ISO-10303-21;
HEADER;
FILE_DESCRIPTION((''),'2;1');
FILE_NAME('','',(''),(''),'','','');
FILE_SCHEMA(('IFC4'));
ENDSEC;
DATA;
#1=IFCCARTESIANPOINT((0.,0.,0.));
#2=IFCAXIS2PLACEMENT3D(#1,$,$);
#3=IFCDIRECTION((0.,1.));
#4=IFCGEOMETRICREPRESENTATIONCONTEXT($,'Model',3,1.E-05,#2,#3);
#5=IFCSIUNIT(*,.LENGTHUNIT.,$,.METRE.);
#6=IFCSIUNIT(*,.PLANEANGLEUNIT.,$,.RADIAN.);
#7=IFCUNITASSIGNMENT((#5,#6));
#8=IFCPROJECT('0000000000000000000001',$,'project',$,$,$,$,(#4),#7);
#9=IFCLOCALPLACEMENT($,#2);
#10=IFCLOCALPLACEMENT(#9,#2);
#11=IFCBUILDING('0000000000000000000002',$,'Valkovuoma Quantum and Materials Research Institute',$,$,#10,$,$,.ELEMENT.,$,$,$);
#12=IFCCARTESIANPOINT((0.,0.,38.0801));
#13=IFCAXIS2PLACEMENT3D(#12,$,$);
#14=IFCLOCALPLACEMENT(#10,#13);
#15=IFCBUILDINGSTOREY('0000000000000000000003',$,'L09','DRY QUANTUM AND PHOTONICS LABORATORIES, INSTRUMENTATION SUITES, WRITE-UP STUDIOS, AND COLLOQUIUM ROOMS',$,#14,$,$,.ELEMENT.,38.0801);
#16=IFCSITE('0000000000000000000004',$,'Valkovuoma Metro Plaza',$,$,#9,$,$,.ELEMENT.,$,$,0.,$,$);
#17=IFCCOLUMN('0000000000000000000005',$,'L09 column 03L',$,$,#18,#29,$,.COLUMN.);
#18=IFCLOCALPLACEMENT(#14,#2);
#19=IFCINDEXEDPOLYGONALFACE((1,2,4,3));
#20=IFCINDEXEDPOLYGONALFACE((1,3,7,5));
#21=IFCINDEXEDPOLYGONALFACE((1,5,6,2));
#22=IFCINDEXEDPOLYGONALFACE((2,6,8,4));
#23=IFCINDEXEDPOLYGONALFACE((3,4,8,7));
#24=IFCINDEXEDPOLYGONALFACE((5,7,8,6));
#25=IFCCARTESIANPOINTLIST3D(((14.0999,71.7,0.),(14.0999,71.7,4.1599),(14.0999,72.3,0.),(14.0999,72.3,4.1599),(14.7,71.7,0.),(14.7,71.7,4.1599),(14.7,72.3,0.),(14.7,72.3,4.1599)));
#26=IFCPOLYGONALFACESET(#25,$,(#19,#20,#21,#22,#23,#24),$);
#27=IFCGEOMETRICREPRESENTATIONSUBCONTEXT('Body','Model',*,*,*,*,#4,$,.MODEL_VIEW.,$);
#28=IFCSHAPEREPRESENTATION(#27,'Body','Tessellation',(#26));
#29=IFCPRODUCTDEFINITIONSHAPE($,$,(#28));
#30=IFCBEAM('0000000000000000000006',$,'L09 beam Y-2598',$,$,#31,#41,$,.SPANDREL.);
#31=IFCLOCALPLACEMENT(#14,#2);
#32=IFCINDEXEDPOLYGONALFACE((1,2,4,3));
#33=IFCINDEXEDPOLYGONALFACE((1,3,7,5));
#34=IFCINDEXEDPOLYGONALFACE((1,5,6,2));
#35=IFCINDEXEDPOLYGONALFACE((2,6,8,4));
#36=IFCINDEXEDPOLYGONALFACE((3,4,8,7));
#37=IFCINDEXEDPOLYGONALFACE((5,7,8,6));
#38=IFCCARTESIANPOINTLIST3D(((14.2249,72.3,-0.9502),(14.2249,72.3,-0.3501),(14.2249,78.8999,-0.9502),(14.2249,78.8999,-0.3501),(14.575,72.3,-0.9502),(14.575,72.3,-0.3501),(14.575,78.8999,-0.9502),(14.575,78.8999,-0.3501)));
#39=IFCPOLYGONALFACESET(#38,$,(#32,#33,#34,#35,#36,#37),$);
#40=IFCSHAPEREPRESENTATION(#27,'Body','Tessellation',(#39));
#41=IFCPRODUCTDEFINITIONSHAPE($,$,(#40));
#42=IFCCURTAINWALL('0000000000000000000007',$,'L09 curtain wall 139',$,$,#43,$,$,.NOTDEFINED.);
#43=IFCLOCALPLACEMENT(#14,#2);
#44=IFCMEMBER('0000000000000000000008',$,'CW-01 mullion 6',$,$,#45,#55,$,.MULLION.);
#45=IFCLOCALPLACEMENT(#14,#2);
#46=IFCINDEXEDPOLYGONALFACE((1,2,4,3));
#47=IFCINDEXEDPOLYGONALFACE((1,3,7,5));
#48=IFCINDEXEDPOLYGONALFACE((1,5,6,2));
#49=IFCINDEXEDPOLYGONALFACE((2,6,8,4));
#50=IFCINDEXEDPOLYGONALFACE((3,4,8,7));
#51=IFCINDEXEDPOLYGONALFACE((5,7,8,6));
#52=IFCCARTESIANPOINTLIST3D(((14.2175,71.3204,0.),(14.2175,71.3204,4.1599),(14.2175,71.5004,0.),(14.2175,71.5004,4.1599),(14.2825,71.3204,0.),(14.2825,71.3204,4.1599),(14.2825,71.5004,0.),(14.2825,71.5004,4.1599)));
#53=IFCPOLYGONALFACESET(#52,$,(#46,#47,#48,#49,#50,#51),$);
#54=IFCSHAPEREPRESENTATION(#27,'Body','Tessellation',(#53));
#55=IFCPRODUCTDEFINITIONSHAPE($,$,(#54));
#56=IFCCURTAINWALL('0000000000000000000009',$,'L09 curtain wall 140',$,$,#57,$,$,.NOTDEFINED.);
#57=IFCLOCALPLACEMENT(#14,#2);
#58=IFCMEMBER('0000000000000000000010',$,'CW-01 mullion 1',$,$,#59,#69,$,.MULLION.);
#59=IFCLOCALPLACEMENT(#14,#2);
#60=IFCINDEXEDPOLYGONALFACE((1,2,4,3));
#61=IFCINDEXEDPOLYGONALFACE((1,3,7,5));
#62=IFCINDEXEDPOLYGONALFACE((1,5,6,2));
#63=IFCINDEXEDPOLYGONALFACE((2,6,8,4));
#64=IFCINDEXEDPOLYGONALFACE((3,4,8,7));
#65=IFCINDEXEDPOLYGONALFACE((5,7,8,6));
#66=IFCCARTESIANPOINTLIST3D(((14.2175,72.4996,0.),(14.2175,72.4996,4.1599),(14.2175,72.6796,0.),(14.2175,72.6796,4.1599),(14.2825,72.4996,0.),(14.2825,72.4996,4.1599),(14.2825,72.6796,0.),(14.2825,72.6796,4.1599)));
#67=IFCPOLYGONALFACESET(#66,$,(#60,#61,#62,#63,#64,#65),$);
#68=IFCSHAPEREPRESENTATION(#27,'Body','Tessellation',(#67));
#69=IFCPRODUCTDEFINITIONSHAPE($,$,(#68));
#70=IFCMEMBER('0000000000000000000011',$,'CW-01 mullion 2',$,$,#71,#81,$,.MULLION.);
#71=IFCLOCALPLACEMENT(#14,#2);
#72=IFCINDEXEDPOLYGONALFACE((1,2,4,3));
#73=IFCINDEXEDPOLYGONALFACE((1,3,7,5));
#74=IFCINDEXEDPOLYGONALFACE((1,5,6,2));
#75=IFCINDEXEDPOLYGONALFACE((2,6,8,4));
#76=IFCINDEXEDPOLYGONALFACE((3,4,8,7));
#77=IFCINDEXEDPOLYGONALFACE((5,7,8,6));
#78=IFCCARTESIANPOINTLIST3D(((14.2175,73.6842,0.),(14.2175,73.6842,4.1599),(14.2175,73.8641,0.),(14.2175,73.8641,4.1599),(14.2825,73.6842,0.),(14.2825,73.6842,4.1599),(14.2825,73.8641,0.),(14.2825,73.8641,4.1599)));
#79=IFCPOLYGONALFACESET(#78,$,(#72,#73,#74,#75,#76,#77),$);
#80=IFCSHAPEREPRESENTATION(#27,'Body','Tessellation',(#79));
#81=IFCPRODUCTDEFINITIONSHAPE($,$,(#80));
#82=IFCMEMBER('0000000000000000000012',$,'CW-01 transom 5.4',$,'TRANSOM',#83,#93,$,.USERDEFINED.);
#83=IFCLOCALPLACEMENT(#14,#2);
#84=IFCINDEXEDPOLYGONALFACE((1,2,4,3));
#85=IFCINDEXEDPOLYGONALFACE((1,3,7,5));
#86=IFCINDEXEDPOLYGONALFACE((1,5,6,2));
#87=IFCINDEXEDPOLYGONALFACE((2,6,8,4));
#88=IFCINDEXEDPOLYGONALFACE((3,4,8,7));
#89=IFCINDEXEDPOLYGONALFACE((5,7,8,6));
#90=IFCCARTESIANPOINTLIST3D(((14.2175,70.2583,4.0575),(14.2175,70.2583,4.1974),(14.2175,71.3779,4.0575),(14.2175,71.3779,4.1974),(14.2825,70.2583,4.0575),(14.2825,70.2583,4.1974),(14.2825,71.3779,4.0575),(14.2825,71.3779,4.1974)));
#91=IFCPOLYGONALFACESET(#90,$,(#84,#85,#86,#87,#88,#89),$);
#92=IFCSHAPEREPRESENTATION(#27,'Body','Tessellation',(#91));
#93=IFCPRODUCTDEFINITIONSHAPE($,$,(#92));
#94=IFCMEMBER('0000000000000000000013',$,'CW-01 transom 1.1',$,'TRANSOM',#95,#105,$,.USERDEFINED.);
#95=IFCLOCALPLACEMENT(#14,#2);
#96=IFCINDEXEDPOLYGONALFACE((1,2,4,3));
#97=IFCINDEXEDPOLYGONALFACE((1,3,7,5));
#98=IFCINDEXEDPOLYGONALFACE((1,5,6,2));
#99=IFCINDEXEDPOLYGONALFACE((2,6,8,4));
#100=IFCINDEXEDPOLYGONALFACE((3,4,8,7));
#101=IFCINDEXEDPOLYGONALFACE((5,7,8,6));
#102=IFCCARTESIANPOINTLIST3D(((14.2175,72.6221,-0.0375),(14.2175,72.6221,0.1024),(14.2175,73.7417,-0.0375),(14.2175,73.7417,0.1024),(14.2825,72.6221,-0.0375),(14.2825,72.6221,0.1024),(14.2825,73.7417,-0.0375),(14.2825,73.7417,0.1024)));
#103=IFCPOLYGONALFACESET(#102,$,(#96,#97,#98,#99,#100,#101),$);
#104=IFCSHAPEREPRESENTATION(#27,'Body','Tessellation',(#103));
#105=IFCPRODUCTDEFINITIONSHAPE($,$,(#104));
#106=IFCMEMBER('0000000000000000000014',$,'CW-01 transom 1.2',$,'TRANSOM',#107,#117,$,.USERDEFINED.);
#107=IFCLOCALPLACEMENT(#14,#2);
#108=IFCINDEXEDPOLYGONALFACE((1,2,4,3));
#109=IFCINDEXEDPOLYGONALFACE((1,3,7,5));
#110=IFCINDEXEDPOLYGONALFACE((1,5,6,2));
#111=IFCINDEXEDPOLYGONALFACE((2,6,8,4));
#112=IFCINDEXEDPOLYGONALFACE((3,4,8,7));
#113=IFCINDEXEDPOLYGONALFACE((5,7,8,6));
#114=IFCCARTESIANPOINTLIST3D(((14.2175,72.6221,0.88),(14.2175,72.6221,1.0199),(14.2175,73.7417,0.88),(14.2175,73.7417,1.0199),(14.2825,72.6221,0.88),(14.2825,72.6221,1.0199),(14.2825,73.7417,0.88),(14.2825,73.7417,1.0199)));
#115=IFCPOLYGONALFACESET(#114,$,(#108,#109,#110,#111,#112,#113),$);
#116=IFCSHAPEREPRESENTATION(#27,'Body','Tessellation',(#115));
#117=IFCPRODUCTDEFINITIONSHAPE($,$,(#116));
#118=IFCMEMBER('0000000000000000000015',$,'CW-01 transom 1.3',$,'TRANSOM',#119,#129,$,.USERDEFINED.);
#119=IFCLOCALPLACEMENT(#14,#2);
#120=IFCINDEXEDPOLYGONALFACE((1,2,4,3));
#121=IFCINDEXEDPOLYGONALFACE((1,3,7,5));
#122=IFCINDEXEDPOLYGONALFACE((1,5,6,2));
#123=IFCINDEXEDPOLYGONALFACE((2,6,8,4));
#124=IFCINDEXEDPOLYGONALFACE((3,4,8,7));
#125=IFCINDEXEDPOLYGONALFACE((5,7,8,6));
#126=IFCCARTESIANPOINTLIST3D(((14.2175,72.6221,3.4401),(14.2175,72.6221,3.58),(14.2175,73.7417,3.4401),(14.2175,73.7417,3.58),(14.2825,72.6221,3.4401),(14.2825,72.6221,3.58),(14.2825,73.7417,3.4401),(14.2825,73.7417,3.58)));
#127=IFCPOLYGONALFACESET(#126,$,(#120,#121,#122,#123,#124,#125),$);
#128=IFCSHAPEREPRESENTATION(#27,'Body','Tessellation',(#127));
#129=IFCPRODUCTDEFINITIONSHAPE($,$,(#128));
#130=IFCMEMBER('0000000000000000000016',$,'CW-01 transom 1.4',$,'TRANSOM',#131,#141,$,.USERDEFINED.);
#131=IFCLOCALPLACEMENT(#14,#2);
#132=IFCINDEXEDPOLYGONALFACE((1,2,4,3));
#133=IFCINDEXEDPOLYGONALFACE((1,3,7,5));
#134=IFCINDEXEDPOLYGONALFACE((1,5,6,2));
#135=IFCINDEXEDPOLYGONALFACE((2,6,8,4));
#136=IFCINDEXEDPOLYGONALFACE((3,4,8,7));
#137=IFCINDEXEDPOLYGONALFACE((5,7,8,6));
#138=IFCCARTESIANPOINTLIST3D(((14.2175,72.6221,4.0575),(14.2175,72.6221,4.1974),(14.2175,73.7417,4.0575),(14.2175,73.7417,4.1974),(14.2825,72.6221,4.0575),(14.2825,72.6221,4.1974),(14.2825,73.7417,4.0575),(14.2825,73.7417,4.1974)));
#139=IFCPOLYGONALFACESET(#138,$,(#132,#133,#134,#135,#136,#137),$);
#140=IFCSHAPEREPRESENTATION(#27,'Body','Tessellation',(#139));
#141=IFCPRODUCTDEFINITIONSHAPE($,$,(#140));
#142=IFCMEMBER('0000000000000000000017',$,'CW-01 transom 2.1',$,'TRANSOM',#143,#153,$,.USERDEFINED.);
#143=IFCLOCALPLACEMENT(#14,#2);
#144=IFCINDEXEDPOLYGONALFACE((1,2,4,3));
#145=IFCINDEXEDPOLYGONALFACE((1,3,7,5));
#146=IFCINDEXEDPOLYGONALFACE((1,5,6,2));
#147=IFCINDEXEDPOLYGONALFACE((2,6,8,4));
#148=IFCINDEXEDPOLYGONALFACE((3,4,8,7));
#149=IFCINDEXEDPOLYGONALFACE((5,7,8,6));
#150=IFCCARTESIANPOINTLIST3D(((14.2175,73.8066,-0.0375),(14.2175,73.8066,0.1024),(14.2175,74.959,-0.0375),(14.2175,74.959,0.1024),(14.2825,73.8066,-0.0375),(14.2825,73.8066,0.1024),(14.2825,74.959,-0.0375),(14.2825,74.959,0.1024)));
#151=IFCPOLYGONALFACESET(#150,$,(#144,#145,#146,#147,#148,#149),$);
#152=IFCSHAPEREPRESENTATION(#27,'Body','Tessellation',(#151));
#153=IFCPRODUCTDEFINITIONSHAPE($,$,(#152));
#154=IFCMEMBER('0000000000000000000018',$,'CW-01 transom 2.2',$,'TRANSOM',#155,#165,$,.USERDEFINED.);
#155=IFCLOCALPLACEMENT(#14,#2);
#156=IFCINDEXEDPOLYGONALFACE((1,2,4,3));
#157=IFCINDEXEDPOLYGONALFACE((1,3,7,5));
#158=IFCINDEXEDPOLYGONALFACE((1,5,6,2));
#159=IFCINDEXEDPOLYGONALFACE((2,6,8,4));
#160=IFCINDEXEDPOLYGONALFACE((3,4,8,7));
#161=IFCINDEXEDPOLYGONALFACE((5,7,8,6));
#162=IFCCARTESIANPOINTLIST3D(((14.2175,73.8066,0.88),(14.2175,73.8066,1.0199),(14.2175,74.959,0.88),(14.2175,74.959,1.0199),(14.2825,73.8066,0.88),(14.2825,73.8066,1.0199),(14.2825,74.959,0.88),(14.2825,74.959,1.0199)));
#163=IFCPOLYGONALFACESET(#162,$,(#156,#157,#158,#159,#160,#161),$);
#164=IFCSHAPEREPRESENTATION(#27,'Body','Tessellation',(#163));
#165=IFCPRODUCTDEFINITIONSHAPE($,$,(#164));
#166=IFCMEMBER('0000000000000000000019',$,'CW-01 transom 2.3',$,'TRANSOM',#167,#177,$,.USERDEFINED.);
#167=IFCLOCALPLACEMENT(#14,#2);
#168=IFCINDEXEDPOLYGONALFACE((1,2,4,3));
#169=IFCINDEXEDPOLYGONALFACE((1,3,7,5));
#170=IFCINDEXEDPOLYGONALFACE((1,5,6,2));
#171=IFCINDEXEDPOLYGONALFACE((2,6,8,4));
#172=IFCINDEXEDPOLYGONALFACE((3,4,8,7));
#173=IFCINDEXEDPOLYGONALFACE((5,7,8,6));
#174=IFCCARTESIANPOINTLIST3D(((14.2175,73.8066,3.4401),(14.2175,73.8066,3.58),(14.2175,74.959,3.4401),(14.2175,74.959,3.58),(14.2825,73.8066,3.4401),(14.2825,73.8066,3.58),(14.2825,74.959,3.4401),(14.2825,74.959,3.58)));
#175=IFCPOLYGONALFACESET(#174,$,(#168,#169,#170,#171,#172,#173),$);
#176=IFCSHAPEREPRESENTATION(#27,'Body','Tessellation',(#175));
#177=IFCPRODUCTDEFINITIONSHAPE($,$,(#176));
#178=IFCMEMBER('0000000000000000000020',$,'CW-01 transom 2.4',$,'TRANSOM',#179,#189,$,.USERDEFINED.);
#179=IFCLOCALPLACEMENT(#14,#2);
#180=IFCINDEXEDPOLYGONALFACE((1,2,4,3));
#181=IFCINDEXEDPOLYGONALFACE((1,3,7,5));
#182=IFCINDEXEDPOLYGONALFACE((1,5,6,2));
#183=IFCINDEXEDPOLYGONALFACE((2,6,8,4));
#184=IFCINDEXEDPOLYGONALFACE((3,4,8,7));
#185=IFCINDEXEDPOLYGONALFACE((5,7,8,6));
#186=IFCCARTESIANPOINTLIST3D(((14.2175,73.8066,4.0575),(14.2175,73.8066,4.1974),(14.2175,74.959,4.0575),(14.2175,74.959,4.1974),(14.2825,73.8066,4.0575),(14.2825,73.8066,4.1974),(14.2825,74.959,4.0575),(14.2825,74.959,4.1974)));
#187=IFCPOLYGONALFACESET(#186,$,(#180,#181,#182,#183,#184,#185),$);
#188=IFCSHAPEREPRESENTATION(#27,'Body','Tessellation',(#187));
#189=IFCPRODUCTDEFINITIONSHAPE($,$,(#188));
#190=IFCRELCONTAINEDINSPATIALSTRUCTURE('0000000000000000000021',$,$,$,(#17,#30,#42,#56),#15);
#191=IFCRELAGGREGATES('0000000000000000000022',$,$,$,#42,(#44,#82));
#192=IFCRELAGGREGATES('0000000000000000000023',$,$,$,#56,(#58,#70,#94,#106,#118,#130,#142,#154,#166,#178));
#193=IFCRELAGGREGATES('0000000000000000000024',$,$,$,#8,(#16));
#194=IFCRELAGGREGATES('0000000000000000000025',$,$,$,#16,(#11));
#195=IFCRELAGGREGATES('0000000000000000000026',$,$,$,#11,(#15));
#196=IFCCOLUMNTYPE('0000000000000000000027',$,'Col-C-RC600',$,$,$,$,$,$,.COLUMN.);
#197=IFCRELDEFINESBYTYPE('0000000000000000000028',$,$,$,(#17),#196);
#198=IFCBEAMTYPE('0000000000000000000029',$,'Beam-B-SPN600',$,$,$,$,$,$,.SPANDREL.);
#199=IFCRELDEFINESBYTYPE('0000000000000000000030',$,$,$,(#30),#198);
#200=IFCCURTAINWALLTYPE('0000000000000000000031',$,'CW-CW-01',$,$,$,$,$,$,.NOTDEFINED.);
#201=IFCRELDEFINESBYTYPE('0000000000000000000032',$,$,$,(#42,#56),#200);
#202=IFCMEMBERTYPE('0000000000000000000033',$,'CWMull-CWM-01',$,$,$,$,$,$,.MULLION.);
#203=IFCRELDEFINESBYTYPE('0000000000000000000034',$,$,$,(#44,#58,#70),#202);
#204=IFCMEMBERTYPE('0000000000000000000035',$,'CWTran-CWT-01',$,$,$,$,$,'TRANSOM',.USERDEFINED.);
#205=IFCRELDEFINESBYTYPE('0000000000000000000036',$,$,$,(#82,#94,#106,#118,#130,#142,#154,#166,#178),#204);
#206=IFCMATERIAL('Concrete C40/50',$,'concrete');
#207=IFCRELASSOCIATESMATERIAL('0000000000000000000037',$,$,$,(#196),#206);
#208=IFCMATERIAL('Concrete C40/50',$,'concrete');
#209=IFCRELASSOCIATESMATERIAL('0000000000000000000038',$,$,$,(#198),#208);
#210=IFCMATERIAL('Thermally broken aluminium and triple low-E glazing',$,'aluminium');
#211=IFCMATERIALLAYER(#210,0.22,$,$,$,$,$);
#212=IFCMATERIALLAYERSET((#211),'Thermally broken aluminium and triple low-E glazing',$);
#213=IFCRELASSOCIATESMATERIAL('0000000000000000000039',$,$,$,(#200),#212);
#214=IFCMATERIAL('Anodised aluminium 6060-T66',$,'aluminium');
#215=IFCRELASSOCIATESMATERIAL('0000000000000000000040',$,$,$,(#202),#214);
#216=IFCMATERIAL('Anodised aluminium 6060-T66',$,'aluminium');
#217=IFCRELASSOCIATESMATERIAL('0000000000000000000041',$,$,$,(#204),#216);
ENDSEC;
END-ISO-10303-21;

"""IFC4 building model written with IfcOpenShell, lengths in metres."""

from ifc_helpers import new_model, si_unit, direction, frame, origin, origin_2d, place, context, subcontext, project, spatial, rectangle, extrude, material, layer, layer_set, material_profile, profile_set, type_object, element, aggregate, save


model = new_model("IFC4")

# Units and contexts
model_context = context("Model", 3, precision=1e-05, world=origin(), true_north=direction((0.0, 1.0)))
body_context = subcontext(model_context, "Body", "Model", "MODEL_VIEW")
ifc_project = project(units=[si_unit("LENGTHUNIT", "METRE"), si_unit("PLANEANGLEUNIT", "RADIAN")], contexts=[model_context])

# Site, building, storey
site_placement = place(None, origin())
site = spatial("IfcSite", under=ifc_project, at=site_placement, Name="Valkovuoma Metro Plaza", CompositionType="ELEMENT", RefElevation=0.0)
building_placement = place(site_placement, origin())
building = spatial("IfcBuilding", under=site, at=building_placement, Name="Valkovuoma Quantum and Materials Research Institute", CompositionType="ELEMENT")
storey_placement = place(building_placement, frame((0.0, 0.0, 38.0801)))
storey = spatial("IfcBuildingStorey", under=building, at=storey_placement, Name="L09", Description="DRY QUANTUM AND PHOTONICS LABORATORIES, INSTRUMENTATION SUITES, WRITE-UP STUDIOS, AND COLLOQUIUM ROOMS", CompositionType="ELEMENT", Elevation=38.0801)

# Column
ifc_material_1 = material(Name="Concrete C40/50", Category="concrete")
ifc_material_profile_1 = material_profile(ifc_material_1, rectangle(XDim=0.6001, YDim=0.6001, at=origin_2d()), Name="Concrete C40/50")
ifc_profile_set_1 = profile_set([ifc_material_profile_1], Name="Concrete C40/50")
column_type = type_object("IfcColumnType", Name="Col-C-RC600", PredefinedType="COLUMN", material=ifc_profile_set_1)
column_placement = place(storey_placement, frame((14.3999, 72.0, 0.0), z_axis=(0.0, 0.0, 1.0), x_axis=(1.0, 0.0, 0.0)))
element("IfcColumn", 1, at=column_placement, inside=storey, type_object=column_type, Name="L09 column 03L", PredefinedType="COLUMN", context=body_context, shape_type="SweptSolid", body=[
    extrude(rectangle(XDim=0.6001, YDim=0.6001, at=origin_2d()), origin(), (0.0, 0.0, 1.0), 4.1599),
])

# Beam
ifc_material_2 = material(Name="Concrete C40/50", Category="concrete")
ifc_material_profile_2 = material_profile(ifc_material_2, rectangle(XDim=0.3501, YDim=0.6001, at=origin_2d()), Name="Concrete C40/50")
ifc_profile_set_2 = profile_set([ifc_material_profile_2], Name="Concrete C40/50")
beam_type = type_object("IfcBeamType", Name="Beam-B-SPN600", PredefinedType="SPANDREL", material=ifc_profile_set_2)
beam_placement = place(storey_placement, frame((14.3999, 72.3, -0.6501), z_axis=(0.0, 1.0, 0.0), x_axis=(-1.0, 0.0, 0.0)))
element("IfcBeam", 2, at=beam_placement, inside=storey, type_object=beam_type, Name="L09 beam Y-2598", PredefinedType="SPANDREL", context=body_context, shape_type="SweptSolid", body=[
    extrude(rectangle(XDim=0.3501, YDim=0.6001, at=origin_2d()), origin(), (0.0, 0.0, 1.0), 6.5999),
])

# Curtain wall, member
ifc_material_3 = material(Name="Thermally broken aluminium and triple low-E glazing", Category="aluminium")
ifc_layer_1 = layer(ifc_material_3, 0.22)
ifc_layer_set_1 = layer_set([ifc_layer_1], Name="Thermally broken aluminium and triple low-E glazing")
curtain_wall_type = type_object("IfcCurtainWallType", Name="CW-CW-01", PredefinedType="NOTDEFINED", material=ifc_layer_set_1)
curtain_wall_1_placement = place(storey_placement, origin())
curtain_wall_1 = element("IfcCurtainWall", 3, at=curtain_wall_1_placement, inside=storey, type_object=curtain_wall_type, Name="L09 curtain wall 139", PredefinedType="NOTDEFINED")
ifc_material_4 = material(Name="Anodised aluminium 6060-T66", Category="aluminium")
ifc_material_profile_3 = material_profile(ifc_material_4, rectangle(XDim=0.0649, YDim=0.1799, at=origin_2d()), Name="Anodised aluminium 6060-T66")
ifc_profile_set_3 = profile_set([ifc_material_profile_3], Name="Anodised aluminium 6060-T66")
member_type_1 = type_object("IfcMemberType", Name="CWMull-CWM-01", PredefinedType="MULLION", material=ifc_profile_set_3)
member_1_placement = place(storey_placement, frame((14.25, 71.4104, 0.0), z_axis=(0.0, 0.0, 1.0), x_axis=(-1.0, 0.0, 0.0)))
member_1 = element("IfcMember", 4, at=member_1_placement, type_object=member_type_1, Name="CW-01 mullion 6", PredefinedType="MULLION", context=body_context, shape_type="SweptSolid", body=[
    extrude(rectangle(XDim=0.0649, YDim=0.1799, at=origin_2d()), origin(), (0.0, 0.0, 1.0), 4.1599),
])

# Curtain wall, members
curtain_wall_2_placement = place(storey_placement, origin())
curtain_wall_2 = element("IfcCurtainWall", 5, at=curtain_wall_2_placement, inside=storey, type_object=curtain_wall_type, Name="L09 curtain wall 140", PredefinedType="NOTDEFINED")
member_2_placement = place(storey_placement, frame((14.25, 72.5896, 0.0), z_axis=(0.0, 0.0, 1.0), x_axis=(-1.0, 0.0, 0.0)))
member_2 = element("IfcMember", 6, at=member_2_placement, type_object=member_type_1, Name="CW-01 mullion 1", PredefinedType="MULLION", context=body_context, shape_type="SweptSolid", body=[
    extrude(rectangle(XDim=0.0649, YDim=0.1799, at=origin_2d()), origin(), (0.0, 0.0, 1.0), 4.1599),
])
member_3_placement = place(storey_placement, frame((14.25, 73.7742, 0.0), z_axis=(0.0, 0.0, 1.0), x_axis=(-1.0, 0.0, 0.0)))
member_3 = element("IfcMember", 7, at=member_3_placement, type_object=member_type_1, Name="CW-01 mullion 2", PredefinedType="MULLION", context=body_context, shape_type="SweptSolid", body=[
    extrude(rectangle(XDim=0.0649, YDim=0.1799, at=origin_2d()), origin(), (0.0, 0.0, 1.0), 4.1599),
])

# Members
ifc_material_5 = material(Name="Anodised aluminium 6060-T66", Category="aluminium")
ifc_material_profile_4 = material_profile(ifc_material_5, rectangle(XDim=0.0649, YDim=0.1399, at=origin_2d()), Name="Anodised aluminium 6060-T66")
ifc_profile_set_4 = profile_set([ifc_material_profile_4], Name="Anodised aluminium 6060-T66")
member_type_2 = type_object("IfcMemberType", Name="CWTran-CWT-01", ElementType="TRANSOM", PredefinedType="USERDEFINED", material=ifc_profile_set_4)
member_4_placement = place(storey_placement, frame((14.25, 70.2583, 4.1274), z_axis=(0.0, 1.0, 0.0), x_axis=(-1.0, 0.0, 0.0)))
member_4 = element("IfcMember", 8, at=member_4_placement, type_object=member_type_2, Name="CW-01 transom 5.4", ObjectType="TRANSOM", PredefinedType="USERDEFINED", context=body_context, shape_type="SweptSolid", body=[
    extrude(rectangle(XDim=0.0649, YDim=0.1399, at=origin_2d()), origin(), (0.0, 0.0, 1.0), 1.1196),
])
member_5_placement = place(storey_placement, frame((14.25, 72.6221, 0.0325), z_axis=(0.0, 1.0, 0.0), x_axis=(-1.0, 0.0, 0.0)))
member_5 = element("IfcMember", 9, at=member_5_placement, type_object=member_type_2, Name="CW-01 transom 1.1", ObjectType="TRANSOM", PredefinedType="USERDEFINED", context=body_context, shape_type="SweptSolid", body=[
    extrude(rectangle(XDim=0.0649, YDim=0.1399, at=origin_2d()), origin(), (0.0, 0.0, 1.0), 1.1196),
])
member_6_placement = place(storey_placement, frame((14.25, 72.6221, 0.95), z_axis=(0.0, 1.0, 0.0), x_axis=(-1.0, 0.0, 0.0)))
member_6 = element("IfcMember", 10, at=member_6_placement, type_object=member_type_2, Name="CW-01 transom 1.2", ObjectType="TRANSOM", PredefinedType="USERDEFINED", context=body_context, shape_type="SweptSolid", body=[
    extrude(rectangle(XDim=0.0649, YDim=0.1399, at=origin_2d()), origin(), (0.0, 0.0, 1.0), 1.1196),
])
member_7_placement = place(storey_placement, frame((14.25, 72.6221, 3.51), z_axis=(0.0, 1.0, 0.0), x_axis=(-1.0, 0.0, 0.0)))
member_7 = element("IfcMember", 11, at=member_7_placement, type_object=member_type_2, Name="CW-01 transom 1.3", ObjectType="TRANSOM", PredefinedType="USERDEFINED", context=body_context, shape_type="SweptSolid", body=[
    extrude(rectangle(XDim=0.0649, YDim=0.1399, at=origin_2d()), origin(), (0.0, 0.0, 1.0), 1.1196),
])
member_8_placement = place(storey_placement, frame((14.25, 72.6221, 4.1274), z_axis=(0.0, 1.0, 0.0), x_axis=(-1.0, 0.0, 0.0)))
member_8 = element("IfcMember", 12, at=member_8_placement, type_object=member_type_2, Name="CW-01 transom 1.4", ObjectType="TRANSOM", PredefinedType="USERDEFINED", context=body_context, shape_type="SweptSolid", body=[
    extrude(rectangle(XDim=0.0649, YDim=0.1399, at=origin_2d()), origin(), (0.0, 0.0, 1.0), 1.1196),
])
member_9_placement = place(storey_placement, frame((14.25, 73.8066, 0.0325), z_axis=(0.0, 1.0, 0.0), x_axis=(-1.0, 0.0, 0.0)))
member_9 = element("IfcMember", 13, at=member_9_placement, type_object=member_type_2, Name="CW-01 transom 2.1", ObjectType="TRANSOM", PredefinedType="USERDEFINED", context=body_context, shape_type="SweptSolid", body=[
    extrude(rectangle(XDim=0.0649, YDim=0.1399, at=origin_2d()), origin(), (0.0, 0.0, 1.0), 1.1523),
])
member_10_placement = place(storey_placement, frame((14.25, 73.8066, 0.95), z_axis=(0.0, 1.0, 0.0), x_axis=(-1.0, 0.0, 0.0)))
member_10 = element("IfcMember", 14, at=member_10_placement, type_object=member_type_2, Name="CW-01 transom 2.2", ObjectType="TRANSOM", PredefinedType="USERDEFINED", context=body_context, shape_type="SweptSolid", body=[
    extrude(rectangle(XDim=0.0649, YDim=0.1399, at=origin_2d()), origin(), (0.0, 0.0, 1.0), 1.1523),
])
member_11_placement = place(storey_placement, frame((14.25, 73.8066, 3.51), z_axis=(0.0, 1.0, 0.0), x_axis=(-1.0, 0.0, 0.0)))
member_11 = element("IfcMember", 15, at=member_11_placement, type_object=member_type_2, Name="CW-01 transom 2.3", ObjectType="TRANSOM", PredefinedType="USERDEFINED", context=body_context, shape_type="SweptSolid", body=[
    extrude(rectangle(XDim=0.0649, YDim=0.1399, at=origin_2d()), origin(), (0.0, 0.0, 1.0), 1.1523),
])
member_12_placement = place(storey_placement, frame((14.25, 73.8066, 4.1274), z_axis=(0.0, 1.0, 0.0), x_axis=(-1.0, 0.0, 0.0)))
member_12 = element("IfcMember", 16, at=member_12_placement, type_object=member_type_2, Name="CW-01 transom 2.4", ObjectType="TRANSOM", PredefinedType="USERDEFINED", context=body_context, shape_type="SweptSolid", body=[
    extrude(rectangle(XDim=0.0649, YDim=0.1399, at=origin_2d()), origin(), (0.0, 0.0, 1.0), 1.1523),
])

aggregate(curtain_wall_1, [member_1, member_4])
aggregate(curtain_wall_2, [member_2, member_3, member_5, member_6, member_7, member_8, member_9, member_10, member_11, member_12])

save(model, "model.ifc")
